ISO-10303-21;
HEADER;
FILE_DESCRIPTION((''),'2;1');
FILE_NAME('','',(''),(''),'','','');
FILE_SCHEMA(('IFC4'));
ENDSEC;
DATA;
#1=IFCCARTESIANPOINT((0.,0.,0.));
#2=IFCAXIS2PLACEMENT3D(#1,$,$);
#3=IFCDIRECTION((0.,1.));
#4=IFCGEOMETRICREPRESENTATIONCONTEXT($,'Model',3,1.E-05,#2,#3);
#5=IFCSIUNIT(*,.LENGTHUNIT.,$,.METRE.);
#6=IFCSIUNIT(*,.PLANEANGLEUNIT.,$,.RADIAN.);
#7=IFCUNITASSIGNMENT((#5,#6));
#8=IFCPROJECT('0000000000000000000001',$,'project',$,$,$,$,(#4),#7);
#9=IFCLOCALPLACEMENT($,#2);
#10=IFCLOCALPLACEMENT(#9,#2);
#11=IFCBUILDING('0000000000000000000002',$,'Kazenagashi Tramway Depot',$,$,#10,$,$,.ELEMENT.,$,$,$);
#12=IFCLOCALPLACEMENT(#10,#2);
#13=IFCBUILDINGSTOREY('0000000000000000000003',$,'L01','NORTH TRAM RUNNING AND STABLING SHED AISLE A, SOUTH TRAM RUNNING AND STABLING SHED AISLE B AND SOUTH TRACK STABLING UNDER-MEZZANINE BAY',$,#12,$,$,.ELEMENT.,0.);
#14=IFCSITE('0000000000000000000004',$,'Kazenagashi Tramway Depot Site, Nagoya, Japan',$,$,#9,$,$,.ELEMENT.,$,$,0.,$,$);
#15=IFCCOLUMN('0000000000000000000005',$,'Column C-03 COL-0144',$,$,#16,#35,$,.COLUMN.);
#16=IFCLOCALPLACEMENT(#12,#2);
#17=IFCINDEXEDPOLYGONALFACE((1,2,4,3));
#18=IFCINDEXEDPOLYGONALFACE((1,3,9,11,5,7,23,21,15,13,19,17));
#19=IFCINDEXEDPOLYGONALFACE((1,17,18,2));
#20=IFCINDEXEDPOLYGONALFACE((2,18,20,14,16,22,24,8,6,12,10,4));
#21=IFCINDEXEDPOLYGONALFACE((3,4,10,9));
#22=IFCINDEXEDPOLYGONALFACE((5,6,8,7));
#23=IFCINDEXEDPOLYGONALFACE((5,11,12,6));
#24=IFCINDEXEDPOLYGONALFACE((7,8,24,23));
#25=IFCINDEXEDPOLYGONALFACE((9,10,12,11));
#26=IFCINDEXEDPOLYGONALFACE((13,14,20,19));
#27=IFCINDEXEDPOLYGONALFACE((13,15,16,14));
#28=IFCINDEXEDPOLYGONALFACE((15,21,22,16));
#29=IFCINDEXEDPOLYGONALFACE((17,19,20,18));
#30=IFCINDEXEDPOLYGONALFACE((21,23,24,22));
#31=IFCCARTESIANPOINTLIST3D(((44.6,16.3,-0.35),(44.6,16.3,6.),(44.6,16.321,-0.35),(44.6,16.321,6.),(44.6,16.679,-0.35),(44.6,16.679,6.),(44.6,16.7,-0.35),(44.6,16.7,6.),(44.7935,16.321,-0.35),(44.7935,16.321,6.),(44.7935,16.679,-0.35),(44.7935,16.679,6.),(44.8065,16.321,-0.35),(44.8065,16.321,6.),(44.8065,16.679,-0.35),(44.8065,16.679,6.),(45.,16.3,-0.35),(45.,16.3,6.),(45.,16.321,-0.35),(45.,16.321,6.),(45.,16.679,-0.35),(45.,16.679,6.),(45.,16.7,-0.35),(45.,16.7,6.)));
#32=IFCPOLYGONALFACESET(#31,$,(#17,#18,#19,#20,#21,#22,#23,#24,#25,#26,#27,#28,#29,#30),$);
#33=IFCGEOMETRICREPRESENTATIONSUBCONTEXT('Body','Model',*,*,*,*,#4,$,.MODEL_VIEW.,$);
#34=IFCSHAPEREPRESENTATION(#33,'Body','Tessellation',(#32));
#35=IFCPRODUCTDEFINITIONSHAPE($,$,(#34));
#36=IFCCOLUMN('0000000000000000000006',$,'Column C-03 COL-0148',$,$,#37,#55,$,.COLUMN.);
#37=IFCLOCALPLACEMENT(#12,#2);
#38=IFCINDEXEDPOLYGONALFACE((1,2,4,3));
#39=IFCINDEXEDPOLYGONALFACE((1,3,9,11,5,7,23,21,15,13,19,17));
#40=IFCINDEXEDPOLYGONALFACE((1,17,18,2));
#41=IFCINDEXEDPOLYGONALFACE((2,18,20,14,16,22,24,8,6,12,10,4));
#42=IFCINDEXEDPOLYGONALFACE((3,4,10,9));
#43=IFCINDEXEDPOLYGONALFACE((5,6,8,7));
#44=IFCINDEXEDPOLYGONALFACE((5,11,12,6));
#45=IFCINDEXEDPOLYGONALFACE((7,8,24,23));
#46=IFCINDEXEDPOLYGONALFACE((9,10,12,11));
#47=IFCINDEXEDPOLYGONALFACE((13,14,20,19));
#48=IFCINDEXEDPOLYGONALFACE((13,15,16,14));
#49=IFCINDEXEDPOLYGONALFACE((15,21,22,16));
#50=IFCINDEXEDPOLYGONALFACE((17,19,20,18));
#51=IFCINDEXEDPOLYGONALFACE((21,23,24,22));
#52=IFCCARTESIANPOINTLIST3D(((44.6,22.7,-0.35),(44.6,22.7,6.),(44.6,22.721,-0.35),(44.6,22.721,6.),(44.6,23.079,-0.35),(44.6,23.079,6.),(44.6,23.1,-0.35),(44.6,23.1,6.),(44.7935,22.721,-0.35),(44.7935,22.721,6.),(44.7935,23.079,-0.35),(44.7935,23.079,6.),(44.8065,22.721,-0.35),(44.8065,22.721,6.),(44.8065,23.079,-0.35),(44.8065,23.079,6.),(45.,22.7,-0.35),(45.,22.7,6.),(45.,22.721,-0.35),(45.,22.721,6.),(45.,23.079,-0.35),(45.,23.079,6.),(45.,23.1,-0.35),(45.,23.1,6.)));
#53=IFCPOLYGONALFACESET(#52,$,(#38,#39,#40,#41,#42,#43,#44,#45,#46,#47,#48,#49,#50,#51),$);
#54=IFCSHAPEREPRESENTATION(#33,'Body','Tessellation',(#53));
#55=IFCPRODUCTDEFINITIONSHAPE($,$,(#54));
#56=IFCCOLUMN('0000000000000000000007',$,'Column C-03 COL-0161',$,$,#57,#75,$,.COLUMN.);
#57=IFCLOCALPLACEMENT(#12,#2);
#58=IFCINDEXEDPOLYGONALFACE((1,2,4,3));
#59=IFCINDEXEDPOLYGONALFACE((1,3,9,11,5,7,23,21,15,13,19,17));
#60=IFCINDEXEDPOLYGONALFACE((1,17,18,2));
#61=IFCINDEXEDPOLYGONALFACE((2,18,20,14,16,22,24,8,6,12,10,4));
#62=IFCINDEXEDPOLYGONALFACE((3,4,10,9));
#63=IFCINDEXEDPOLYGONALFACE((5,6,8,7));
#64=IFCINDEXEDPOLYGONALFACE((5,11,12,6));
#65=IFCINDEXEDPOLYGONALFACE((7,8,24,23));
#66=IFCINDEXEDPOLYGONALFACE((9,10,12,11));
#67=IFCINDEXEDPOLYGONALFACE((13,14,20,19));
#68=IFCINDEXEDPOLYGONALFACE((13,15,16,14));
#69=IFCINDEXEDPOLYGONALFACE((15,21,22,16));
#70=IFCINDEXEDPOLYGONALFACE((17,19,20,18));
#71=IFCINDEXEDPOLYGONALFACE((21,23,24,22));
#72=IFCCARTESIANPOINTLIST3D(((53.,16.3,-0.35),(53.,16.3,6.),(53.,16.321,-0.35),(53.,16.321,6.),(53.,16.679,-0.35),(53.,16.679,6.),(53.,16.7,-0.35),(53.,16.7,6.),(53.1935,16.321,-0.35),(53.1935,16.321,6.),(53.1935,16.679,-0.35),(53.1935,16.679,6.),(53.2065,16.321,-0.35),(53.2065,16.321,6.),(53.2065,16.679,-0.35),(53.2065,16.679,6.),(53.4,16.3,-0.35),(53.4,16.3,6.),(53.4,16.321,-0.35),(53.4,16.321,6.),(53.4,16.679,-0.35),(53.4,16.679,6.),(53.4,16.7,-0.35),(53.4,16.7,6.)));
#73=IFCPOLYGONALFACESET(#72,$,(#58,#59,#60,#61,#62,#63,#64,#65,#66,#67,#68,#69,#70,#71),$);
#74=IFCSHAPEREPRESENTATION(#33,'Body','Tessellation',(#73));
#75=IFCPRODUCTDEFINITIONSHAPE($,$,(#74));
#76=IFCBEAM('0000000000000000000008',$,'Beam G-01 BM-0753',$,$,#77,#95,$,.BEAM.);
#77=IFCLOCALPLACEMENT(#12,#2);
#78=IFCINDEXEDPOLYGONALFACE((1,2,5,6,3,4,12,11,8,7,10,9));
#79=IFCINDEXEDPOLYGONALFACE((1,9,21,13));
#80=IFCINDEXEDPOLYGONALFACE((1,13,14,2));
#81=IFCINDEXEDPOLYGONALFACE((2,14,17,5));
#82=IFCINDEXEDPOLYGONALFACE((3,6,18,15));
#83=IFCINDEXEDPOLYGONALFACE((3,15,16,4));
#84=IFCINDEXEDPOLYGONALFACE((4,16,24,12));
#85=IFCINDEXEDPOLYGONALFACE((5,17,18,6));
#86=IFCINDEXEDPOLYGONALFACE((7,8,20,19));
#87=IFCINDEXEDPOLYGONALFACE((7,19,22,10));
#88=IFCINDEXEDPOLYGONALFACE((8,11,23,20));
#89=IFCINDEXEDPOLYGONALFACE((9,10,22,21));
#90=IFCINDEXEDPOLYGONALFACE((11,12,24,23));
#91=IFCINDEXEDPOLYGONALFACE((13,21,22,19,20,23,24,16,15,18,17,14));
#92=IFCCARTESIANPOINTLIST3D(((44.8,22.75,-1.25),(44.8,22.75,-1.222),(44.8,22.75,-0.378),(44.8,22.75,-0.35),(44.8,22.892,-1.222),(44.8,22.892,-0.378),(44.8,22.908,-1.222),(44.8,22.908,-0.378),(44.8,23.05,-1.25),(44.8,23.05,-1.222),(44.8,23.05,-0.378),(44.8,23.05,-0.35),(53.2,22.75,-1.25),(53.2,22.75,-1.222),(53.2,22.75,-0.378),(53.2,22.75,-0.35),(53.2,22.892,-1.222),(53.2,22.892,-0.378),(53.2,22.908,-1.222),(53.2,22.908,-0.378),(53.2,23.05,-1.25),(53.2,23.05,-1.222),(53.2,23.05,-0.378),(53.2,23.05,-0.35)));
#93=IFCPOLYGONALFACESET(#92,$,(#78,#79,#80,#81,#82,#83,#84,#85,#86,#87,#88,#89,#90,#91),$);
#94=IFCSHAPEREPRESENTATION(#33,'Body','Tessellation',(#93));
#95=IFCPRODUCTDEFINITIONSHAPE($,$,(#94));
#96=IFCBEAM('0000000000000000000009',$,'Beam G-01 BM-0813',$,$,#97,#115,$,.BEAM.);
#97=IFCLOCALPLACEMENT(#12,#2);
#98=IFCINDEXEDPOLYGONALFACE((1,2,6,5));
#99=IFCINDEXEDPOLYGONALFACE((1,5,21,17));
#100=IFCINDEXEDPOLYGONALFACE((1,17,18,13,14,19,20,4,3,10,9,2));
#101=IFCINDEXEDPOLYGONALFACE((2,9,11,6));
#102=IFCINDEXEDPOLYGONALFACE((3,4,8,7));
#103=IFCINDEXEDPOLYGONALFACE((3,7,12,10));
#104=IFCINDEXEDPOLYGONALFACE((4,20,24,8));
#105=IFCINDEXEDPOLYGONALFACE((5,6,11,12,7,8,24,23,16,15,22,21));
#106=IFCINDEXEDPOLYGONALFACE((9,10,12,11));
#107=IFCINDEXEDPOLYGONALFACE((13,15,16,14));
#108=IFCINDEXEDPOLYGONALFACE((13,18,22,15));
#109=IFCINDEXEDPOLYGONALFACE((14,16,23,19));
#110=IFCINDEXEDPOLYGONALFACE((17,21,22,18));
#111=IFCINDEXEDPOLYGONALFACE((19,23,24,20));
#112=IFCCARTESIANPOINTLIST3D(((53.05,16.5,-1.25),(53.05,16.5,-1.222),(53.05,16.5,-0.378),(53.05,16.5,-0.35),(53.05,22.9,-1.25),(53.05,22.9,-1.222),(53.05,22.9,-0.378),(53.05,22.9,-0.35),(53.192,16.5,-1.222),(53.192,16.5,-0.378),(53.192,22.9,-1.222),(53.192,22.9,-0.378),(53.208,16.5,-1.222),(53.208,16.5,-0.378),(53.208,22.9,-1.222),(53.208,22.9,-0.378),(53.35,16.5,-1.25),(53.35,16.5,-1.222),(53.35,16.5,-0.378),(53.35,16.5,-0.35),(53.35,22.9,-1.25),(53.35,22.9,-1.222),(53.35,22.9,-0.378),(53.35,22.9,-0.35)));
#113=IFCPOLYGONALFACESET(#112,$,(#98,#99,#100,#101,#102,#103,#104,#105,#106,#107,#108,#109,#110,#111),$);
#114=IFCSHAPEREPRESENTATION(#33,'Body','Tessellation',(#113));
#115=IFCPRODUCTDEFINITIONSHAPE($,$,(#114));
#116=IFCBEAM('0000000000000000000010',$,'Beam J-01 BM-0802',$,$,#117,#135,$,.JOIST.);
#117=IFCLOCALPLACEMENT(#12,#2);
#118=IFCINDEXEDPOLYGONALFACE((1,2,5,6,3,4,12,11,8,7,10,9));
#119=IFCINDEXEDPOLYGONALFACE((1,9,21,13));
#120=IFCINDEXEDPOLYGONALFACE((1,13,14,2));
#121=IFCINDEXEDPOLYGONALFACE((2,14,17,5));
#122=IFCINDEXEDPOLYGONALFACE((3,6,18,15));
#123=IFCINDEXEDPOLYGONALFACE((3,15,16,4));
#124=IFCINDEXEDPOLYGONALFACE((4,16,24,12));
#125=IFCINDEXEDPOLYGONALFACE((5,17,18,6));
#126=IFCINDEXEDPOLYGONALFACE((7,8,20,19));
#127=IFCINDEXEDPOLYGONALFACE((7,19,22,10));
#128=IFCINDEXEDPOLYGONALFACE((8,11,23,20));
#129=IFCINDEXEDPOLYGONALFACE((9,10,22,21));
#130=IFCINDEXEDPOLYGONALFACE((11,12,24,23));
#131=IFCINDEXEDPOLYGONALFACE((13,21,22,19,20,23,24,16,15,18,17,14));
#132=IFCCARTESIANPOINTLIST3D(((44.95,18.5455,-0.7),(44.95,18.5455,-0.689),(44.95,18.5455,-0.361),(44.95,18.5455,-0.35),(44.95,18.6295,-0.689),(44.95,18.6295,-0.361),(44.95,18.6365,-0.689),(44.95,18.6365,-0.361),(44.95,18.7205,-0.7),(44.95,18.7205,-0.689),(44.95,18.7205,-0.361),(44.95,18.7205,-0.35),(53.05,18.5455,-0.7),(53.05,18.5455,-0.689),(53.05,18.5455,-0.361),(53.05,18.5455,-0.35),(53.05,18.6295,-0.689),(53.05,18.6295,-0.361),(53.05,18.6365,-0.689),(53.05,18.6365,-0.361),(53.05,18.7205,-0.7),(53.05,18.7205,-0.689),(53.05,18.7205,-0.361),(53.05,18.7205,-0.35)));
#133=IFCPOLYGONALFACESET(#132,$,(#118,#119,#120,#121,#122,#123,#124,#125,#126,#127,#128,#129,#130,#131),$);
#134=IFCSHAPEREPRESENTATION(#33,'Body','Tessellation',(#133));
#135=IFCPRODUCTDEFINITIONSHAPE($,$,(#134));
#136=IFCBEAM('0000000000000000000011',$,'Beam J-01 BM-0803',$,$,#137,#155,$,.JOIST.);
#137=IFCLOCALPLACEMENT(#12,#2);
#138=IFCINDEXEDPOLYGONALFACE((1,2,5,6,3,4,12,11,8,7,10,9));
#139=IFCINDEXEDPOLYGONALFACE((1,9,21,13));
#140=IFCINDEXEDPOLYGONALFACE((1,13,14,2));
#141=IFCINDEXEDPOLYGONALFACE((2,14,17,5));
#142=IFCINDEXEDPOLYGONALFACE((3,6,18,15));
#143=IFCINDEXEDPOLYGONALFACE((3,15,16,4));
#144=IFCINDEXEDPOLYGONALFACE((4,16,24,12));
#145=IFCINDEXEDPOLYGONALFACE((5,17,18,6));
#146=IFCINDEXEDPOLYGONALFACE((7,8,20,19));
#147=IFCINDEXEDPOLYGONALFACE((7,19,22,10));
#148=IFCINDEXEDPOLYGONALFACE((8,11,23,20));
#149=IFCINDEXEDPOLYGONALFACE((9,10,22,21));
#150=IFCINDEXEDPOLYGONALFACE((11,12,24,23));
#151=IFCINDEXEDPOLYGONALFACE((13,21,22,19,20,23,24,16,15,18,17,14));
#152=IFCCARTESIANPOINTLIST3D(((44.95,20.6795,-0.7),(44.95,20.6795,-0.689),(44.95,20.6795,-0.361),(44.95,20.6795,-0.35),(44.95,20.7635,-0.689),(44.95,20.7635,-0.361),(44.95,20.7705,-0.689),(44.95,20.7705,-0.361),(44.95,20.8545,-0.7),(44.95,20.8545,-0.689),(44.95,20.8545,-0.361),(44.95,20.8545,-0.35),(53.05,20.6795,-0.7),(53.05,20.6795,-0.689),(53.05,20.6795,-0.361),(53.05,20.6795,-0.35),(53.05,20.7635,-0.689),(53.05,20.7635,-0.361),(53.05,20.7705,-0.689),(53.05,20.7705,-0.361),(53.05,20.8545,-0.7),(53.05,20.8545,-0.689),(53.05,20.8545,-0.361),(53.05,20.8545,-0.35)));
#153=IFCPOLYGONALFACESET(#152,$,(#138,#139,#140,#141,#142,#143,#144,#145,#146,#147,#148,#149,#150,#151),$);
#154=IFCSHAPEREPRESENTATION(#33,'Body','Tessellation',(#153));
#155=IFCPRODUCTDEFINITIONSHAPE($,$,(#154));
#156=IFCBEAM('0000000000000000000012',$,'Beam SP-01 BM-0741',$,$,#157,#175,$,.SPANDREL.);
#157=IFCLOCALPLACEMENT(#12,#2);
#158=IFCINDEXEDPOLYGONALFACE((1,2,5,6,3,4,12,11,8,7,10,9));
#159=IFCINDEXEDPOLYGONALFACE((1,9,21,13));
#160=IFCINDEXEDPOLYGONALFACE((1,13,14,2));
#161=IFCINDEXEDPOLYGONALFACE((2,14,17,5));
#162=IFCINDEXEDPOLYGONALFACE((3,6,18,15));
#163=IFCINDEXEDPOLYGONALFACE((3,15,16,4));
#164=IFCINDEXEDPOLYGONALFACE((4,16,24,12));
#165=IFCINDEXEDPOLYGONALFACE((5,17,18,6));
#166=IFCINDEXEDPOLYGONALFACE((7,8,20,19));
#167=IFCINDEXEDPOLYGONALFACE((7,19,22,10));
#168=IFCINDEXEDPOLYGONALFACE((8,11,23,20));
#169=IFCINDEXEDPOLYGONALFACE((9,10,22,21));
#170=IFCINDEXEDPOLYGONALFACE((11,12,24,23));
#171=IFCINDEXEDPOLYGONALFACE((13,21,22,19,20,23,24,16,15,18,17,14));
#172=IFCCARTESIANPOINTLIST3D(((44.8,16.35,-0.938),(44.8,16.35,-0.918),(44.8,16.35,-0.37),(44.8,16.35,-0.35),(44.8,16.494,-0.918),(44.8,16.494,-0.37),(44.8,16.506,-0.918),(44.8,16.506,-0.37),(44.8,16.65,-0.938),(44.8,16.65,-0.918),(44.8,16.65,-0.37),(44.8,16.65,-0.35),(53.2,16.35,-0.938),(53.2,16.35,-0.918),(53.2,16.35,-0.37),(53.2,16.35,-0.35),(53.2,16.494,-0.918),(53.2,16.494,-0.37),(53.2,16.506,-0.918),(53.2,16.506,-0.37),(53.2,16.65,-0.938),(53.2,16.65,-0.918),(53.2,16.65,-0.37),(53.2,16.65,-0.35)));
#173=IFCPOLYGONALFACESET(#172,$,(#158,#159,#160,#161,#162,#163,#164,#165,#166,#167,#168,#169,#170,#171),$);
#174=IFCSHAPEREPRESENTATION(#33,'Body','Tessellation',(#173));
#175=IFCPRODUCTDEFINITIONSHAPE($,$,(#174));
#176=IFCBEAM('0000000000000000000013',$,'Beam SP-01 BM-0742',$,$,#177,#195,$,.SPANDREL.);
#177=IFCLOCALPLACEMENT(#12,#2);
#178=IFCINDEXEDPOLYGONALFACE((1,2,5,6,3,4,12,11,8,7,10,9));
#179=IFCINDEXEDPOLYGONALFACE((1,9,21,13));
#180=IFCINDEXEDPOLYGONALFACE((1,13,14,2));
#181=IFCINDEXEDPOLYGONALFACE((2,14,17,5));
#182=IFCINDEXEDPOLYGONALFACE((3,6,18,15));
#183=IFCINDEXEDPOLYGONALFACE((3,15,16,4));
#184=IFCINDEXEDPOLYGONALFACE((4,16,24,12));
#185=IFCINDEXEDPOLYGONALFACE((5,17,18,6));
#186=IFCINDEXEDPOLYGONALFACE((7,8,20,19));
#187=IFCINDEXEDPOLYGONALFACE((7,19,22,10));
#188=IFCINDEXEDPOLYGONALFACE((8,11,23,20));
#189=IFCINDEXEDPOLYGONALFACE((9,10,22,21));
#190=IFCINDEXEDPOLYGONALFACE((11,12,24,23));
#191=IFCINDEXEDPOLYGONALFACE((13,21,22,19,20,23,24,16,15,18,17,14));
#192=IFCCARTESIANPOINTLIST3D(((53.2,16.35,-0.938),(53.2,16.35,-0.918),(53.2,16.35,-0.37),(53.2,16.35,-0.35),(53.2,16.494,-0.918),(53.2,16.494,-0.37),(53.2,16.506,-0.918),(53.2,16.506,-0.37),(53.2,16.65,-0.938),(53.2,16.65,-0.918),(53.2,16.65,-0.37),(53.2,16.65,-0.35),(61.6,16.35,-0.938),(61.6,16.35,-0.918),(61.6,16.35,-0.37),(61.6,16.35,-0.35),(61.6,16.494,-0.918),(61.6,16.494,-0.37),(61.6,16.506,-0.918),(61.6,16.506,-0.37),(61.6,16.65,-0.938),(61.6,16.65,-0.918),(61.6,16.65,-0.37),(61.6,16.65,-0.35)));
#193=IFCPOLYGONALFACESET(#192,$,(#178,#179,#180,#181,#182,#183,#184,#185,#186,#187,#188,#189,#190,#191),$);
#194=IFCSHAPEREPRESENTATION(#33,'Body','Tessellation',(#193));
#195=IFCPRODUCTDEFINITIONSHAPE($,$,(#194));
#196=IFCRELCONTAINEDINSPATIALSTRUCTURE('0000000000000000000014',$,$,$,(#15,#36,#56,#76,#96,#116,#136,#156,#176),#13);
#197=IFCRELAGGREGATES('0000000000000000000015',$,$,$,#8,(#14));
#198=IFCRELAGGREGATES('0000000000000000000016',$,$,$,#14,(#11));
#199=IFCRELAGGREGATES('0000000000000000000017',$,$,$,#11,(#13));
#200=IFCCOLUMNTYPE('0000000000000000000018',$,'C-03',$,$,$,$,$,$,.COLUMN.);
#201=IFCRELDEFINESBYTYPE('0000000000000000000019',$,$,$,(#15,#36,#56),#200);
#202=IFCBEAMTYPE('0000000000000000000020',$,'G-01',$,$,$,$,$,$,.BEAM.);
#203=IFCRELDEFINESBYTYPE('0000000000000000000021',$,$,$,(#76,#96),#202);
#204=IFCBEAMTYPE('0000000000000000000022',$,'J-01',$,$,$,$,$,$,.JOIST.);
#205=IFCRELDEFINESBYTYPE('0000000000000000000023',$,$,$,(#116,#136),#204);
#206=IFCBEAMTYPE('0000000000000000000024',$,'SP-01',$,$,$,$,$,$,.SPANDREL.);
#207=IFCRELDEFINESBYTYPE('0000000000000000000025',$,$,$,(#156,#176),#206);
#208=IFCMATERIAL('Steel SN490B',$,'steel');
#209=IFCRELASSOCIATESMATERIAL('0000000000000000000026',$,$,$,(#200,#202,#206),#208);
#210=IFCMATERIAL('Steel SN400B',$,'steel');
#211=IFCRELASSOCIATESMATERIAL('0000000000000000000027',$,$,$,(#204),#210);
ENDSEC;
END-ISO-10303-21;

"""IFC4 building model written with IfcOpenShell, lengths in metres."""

from ifc_helpers import new_model, si_unit, direction, frame, origin, origin_2d, place, context, subcontext, project, spatial, i_section, extrude, material, material_profile, profile_set, type_object, element, save


model = new_model("IFC4")

# Units and contexts
model_context = context("Model", 3, precision=1e-05, world=origin(), true_north=direction((0.0, 1.0)))
body_context = subcontext(model_context, "Body", "Model", "MODEL_VIEW")
ifc_project = project(units=[si_unit("LENGTHUNIT", "METRE"), si_unit("PLANEANGLEUNIT", "RADIAN")], contexts=[model_context])

# Site, building, storey
site_placement = place(None, origin())
site = spatial("IfcSite", under=ifc_project, at=site_placement, Name="Kazenagashi Tramway Depot Site, Nagoya, Japan", CompositionType="ELEMENT", RefElevation=0.0)
building_placement = place(site_placement, origin())
building = spatial("IfcBuilding", under=site, at=building_placement, Name="Kazenagashi Tramway Depot", CompositionType="ELEMENT")
storey_placement = place(building_placement, origin())
storey = spatial("IfcBuildingStorey", under=building, at=storey_placement, Name="L01", Description="NORTH TRAM RUNNING AND STABLING SHED AISLE A, SOUTH TRAM RUNNING AND STABLING SHED AISLE B AND SOUTH TRACK STABLING UNDER-MEZZANINE BAY", CompositionType="ELEMENT", Elevation=0.0)

# Columns
ifc_material_1 = material(Name="Steel SN490B", Category="steel")
ifc_material_profile_1 = material_profile(ifc_material_1, i_section(OverallWidth=0.4, OverallDepth=0.4, WebThickness=0.013, FlangeThickness=0.021, at=origin_2d()), Name="H-400x400x13x21")
ifc_profile_set_1 = profile_set([ifc_material_profile_1], Name="Steel SN490B")
column_type = type_object("IfcColumnType", Name="C-03", PredefinedType="COLUMN", material=ifc_profile_set_1)
for number, where, z_axis, x_axis, name in (
    (1, (44.8, 16.5, -0.35), (0.0, 0.0, 1.0), (1.0, 0.0, 0.0), "Column C-03 COL-0144"),
    (2, (44.8, 22.9, -0.35), (0.0, 0.0, 1.0), (1.0, 0.0, 0.0), "Column C-03 COL-0148"),
    (3, (53.2, 16.5, -0.35), (0.0, 0.0, 1.0), (1.0, 0.0, 0.0), "Column C-03 COL-0161"),
):
    element("IfcColumn", number, at=place(storey_placement, frame(where, z_axis=z_axis, x_axis=x_axis)), inside=storey, type_object=column_type, Name=name, PredefinedType="COLUMN", context=body_context, shape_type="SweptSolid", body=[
        extrude(i_section(OverallWidth=0.4, OverallDepth=0.4, WebThickness=0.013, FlangeThickness=0.021, at=origin_2d()), origin(), (0.0, 0.0, 1.0), 6.35),
    ])

# Beams
ifc_material_profile_2 = material_profile(ifc_material_1, i_section(OverallWidth=0.3, OverallDepth=0.9, WebThickness=0.016, FlangeThickness=0.028, at=origin_2d()), Name="H-900x300x16x28")
ifc_profile_set_2 = profile_set([ifc_material_profile_2], Name="Steel SN490B")
beam_type_1 = type_object("IfcBeamType", Name="G-01", PredefinedType="BEAM", material=ifc_profile_set_2)
beam_1_placement = place(storey_placement, frame((44.8, 22.9, -0.8), z_axis=(1.0, 0.0, 0.0), x_axis=(0.0, 1.0, 0.0)))
element("IfcBeam", 4, at=beam_1_placement, inside=storey, type_object=beam_type_1, Name="Beam G-01 BM-0753", PredefinedType="BEAM", context=body_context, shape_type="SweptSolid", body=[
    extrude(i_section(OverallWidth=0.3, OverallDepth=0.9, WebThickness=0.016, FlangeThickness=0.028, at=origin_2d()), origin(), (0.0, 0.0, 1.0), 8.4),
])
beam_2_placement = place(storey_placement, frame((53.2, 16.5, -0.8), z_axis=(0.0, 1.0, 0.0), x_axis=(-1.0, 0.0, 0.0)))
element("IfcBeam", 5, at=beam_2_placement, inside=storey, type_object=beam_type_1, Name="Beam G-01 BM-0813", PredefinedType="BEAM", context=body_context, shape_type="SweptSolid", body=[
    extrude(i_section(OverallWidth=0.3, OverallDepth=0.9, WebThickness=0.016, FlangeThickness=0.028, at=origin_2d()), origin(), (0.0, 0.0, 1.0), 6.4),
])
ifc_material_2 = material(Name="Steel SN400B", Category="steel")
ifc_material_profile_3 = material_profile(ifc_material_2, i_section(OverallWidth=0.175, OverallDepth=0.35, WebThickness=0.007, FlangeThickness=0.011, at=origin_2d()), Name="H-350x175x7x11")
ifc_profile_set_3 = profile_set([ifc_material_profile_3], Name="Steel SN400B")
beam_type_2 = type_object("IfcBeamType", Name="J-01", PredefinedType="JOIST", material=ifc_profile_set_3)
for number, where, z_axis, x_axis, name in (
    (6, (44.95, 18.633, -0.525), (1.0, 0.0, 0.0), (0.0, 1.0, 0.0), "Beam J-01 BM-0802"),
    (7, (44.95, 20.767, -0.525), (1.0, 0.0, 0.0), (0.0, 1.0, 0.0), "Beam J-01 BM-0803"),
):
    element("IfcBeam", number, at=place(storey_placement, frame(where, z_axis=z_axis, x_axis=x_axis)), inside=storey, type_object=beam_type_2, Name=name, PredefinedType="JOIST", context=body_context, shape_type="SweptSolid", body=[
        extrude(i_section(OverallWidth=0.175, OverallDepth=0.35, WebThickness=0.007, FlangeThickness=0.011, at=origin_2d()), origin(), (0.0, 0.0, 1.0), 8.1),
    ])
ifc_material_profile_4 = material_profile(ifc_material_1, i_section(OverallWidth=0.3, OverallDepth=0.588, WebThickness=0.012, FlangeThickness=0.02, at=origin_2d()), Name="H-588x300x12x20")
ifc_profile_set_4 = profile_set([ifc_material_profile_4], Name="Steel SN490B")
beam_type_3 = type_object("IfcBeamType", Name="SP-01", PredefinedType="SPANDREL", material=ifc_profile_set_4)
for number, where, z_axis, x_axis, name in (
    (8, (44.8, 16.5, -0.644), (1.0, 0.0, 0.0), (0.0, 1.0, 0.0), "Beam SP-01 BM-0741"),
    (9, (53.2, 16.5, -0.644), (1.0, 0.0, 0.0), (0.0, 1.0, 0.0), "Beam SP-01 BM-0742"),
):
    element("IfcBeam", number, at=place(storey_placement, frame(where, z_axis=z_axis, x_axis=x_axis)), inside=storey, type_object=beam_type_3, Name=name, PredefinedType="SPANDREL", context=body_context, shape_type="SweptSolid", body=[
        extrude(i_section(OverallWidth=0.3, OverallDepth=0.588, WebThickness=0.012, FlangeThickness=0.02, at=origin_2d()), origin(), (0.0, 0.0, 1.0), 8.4),
    ])

save(model, "model.ifc")
